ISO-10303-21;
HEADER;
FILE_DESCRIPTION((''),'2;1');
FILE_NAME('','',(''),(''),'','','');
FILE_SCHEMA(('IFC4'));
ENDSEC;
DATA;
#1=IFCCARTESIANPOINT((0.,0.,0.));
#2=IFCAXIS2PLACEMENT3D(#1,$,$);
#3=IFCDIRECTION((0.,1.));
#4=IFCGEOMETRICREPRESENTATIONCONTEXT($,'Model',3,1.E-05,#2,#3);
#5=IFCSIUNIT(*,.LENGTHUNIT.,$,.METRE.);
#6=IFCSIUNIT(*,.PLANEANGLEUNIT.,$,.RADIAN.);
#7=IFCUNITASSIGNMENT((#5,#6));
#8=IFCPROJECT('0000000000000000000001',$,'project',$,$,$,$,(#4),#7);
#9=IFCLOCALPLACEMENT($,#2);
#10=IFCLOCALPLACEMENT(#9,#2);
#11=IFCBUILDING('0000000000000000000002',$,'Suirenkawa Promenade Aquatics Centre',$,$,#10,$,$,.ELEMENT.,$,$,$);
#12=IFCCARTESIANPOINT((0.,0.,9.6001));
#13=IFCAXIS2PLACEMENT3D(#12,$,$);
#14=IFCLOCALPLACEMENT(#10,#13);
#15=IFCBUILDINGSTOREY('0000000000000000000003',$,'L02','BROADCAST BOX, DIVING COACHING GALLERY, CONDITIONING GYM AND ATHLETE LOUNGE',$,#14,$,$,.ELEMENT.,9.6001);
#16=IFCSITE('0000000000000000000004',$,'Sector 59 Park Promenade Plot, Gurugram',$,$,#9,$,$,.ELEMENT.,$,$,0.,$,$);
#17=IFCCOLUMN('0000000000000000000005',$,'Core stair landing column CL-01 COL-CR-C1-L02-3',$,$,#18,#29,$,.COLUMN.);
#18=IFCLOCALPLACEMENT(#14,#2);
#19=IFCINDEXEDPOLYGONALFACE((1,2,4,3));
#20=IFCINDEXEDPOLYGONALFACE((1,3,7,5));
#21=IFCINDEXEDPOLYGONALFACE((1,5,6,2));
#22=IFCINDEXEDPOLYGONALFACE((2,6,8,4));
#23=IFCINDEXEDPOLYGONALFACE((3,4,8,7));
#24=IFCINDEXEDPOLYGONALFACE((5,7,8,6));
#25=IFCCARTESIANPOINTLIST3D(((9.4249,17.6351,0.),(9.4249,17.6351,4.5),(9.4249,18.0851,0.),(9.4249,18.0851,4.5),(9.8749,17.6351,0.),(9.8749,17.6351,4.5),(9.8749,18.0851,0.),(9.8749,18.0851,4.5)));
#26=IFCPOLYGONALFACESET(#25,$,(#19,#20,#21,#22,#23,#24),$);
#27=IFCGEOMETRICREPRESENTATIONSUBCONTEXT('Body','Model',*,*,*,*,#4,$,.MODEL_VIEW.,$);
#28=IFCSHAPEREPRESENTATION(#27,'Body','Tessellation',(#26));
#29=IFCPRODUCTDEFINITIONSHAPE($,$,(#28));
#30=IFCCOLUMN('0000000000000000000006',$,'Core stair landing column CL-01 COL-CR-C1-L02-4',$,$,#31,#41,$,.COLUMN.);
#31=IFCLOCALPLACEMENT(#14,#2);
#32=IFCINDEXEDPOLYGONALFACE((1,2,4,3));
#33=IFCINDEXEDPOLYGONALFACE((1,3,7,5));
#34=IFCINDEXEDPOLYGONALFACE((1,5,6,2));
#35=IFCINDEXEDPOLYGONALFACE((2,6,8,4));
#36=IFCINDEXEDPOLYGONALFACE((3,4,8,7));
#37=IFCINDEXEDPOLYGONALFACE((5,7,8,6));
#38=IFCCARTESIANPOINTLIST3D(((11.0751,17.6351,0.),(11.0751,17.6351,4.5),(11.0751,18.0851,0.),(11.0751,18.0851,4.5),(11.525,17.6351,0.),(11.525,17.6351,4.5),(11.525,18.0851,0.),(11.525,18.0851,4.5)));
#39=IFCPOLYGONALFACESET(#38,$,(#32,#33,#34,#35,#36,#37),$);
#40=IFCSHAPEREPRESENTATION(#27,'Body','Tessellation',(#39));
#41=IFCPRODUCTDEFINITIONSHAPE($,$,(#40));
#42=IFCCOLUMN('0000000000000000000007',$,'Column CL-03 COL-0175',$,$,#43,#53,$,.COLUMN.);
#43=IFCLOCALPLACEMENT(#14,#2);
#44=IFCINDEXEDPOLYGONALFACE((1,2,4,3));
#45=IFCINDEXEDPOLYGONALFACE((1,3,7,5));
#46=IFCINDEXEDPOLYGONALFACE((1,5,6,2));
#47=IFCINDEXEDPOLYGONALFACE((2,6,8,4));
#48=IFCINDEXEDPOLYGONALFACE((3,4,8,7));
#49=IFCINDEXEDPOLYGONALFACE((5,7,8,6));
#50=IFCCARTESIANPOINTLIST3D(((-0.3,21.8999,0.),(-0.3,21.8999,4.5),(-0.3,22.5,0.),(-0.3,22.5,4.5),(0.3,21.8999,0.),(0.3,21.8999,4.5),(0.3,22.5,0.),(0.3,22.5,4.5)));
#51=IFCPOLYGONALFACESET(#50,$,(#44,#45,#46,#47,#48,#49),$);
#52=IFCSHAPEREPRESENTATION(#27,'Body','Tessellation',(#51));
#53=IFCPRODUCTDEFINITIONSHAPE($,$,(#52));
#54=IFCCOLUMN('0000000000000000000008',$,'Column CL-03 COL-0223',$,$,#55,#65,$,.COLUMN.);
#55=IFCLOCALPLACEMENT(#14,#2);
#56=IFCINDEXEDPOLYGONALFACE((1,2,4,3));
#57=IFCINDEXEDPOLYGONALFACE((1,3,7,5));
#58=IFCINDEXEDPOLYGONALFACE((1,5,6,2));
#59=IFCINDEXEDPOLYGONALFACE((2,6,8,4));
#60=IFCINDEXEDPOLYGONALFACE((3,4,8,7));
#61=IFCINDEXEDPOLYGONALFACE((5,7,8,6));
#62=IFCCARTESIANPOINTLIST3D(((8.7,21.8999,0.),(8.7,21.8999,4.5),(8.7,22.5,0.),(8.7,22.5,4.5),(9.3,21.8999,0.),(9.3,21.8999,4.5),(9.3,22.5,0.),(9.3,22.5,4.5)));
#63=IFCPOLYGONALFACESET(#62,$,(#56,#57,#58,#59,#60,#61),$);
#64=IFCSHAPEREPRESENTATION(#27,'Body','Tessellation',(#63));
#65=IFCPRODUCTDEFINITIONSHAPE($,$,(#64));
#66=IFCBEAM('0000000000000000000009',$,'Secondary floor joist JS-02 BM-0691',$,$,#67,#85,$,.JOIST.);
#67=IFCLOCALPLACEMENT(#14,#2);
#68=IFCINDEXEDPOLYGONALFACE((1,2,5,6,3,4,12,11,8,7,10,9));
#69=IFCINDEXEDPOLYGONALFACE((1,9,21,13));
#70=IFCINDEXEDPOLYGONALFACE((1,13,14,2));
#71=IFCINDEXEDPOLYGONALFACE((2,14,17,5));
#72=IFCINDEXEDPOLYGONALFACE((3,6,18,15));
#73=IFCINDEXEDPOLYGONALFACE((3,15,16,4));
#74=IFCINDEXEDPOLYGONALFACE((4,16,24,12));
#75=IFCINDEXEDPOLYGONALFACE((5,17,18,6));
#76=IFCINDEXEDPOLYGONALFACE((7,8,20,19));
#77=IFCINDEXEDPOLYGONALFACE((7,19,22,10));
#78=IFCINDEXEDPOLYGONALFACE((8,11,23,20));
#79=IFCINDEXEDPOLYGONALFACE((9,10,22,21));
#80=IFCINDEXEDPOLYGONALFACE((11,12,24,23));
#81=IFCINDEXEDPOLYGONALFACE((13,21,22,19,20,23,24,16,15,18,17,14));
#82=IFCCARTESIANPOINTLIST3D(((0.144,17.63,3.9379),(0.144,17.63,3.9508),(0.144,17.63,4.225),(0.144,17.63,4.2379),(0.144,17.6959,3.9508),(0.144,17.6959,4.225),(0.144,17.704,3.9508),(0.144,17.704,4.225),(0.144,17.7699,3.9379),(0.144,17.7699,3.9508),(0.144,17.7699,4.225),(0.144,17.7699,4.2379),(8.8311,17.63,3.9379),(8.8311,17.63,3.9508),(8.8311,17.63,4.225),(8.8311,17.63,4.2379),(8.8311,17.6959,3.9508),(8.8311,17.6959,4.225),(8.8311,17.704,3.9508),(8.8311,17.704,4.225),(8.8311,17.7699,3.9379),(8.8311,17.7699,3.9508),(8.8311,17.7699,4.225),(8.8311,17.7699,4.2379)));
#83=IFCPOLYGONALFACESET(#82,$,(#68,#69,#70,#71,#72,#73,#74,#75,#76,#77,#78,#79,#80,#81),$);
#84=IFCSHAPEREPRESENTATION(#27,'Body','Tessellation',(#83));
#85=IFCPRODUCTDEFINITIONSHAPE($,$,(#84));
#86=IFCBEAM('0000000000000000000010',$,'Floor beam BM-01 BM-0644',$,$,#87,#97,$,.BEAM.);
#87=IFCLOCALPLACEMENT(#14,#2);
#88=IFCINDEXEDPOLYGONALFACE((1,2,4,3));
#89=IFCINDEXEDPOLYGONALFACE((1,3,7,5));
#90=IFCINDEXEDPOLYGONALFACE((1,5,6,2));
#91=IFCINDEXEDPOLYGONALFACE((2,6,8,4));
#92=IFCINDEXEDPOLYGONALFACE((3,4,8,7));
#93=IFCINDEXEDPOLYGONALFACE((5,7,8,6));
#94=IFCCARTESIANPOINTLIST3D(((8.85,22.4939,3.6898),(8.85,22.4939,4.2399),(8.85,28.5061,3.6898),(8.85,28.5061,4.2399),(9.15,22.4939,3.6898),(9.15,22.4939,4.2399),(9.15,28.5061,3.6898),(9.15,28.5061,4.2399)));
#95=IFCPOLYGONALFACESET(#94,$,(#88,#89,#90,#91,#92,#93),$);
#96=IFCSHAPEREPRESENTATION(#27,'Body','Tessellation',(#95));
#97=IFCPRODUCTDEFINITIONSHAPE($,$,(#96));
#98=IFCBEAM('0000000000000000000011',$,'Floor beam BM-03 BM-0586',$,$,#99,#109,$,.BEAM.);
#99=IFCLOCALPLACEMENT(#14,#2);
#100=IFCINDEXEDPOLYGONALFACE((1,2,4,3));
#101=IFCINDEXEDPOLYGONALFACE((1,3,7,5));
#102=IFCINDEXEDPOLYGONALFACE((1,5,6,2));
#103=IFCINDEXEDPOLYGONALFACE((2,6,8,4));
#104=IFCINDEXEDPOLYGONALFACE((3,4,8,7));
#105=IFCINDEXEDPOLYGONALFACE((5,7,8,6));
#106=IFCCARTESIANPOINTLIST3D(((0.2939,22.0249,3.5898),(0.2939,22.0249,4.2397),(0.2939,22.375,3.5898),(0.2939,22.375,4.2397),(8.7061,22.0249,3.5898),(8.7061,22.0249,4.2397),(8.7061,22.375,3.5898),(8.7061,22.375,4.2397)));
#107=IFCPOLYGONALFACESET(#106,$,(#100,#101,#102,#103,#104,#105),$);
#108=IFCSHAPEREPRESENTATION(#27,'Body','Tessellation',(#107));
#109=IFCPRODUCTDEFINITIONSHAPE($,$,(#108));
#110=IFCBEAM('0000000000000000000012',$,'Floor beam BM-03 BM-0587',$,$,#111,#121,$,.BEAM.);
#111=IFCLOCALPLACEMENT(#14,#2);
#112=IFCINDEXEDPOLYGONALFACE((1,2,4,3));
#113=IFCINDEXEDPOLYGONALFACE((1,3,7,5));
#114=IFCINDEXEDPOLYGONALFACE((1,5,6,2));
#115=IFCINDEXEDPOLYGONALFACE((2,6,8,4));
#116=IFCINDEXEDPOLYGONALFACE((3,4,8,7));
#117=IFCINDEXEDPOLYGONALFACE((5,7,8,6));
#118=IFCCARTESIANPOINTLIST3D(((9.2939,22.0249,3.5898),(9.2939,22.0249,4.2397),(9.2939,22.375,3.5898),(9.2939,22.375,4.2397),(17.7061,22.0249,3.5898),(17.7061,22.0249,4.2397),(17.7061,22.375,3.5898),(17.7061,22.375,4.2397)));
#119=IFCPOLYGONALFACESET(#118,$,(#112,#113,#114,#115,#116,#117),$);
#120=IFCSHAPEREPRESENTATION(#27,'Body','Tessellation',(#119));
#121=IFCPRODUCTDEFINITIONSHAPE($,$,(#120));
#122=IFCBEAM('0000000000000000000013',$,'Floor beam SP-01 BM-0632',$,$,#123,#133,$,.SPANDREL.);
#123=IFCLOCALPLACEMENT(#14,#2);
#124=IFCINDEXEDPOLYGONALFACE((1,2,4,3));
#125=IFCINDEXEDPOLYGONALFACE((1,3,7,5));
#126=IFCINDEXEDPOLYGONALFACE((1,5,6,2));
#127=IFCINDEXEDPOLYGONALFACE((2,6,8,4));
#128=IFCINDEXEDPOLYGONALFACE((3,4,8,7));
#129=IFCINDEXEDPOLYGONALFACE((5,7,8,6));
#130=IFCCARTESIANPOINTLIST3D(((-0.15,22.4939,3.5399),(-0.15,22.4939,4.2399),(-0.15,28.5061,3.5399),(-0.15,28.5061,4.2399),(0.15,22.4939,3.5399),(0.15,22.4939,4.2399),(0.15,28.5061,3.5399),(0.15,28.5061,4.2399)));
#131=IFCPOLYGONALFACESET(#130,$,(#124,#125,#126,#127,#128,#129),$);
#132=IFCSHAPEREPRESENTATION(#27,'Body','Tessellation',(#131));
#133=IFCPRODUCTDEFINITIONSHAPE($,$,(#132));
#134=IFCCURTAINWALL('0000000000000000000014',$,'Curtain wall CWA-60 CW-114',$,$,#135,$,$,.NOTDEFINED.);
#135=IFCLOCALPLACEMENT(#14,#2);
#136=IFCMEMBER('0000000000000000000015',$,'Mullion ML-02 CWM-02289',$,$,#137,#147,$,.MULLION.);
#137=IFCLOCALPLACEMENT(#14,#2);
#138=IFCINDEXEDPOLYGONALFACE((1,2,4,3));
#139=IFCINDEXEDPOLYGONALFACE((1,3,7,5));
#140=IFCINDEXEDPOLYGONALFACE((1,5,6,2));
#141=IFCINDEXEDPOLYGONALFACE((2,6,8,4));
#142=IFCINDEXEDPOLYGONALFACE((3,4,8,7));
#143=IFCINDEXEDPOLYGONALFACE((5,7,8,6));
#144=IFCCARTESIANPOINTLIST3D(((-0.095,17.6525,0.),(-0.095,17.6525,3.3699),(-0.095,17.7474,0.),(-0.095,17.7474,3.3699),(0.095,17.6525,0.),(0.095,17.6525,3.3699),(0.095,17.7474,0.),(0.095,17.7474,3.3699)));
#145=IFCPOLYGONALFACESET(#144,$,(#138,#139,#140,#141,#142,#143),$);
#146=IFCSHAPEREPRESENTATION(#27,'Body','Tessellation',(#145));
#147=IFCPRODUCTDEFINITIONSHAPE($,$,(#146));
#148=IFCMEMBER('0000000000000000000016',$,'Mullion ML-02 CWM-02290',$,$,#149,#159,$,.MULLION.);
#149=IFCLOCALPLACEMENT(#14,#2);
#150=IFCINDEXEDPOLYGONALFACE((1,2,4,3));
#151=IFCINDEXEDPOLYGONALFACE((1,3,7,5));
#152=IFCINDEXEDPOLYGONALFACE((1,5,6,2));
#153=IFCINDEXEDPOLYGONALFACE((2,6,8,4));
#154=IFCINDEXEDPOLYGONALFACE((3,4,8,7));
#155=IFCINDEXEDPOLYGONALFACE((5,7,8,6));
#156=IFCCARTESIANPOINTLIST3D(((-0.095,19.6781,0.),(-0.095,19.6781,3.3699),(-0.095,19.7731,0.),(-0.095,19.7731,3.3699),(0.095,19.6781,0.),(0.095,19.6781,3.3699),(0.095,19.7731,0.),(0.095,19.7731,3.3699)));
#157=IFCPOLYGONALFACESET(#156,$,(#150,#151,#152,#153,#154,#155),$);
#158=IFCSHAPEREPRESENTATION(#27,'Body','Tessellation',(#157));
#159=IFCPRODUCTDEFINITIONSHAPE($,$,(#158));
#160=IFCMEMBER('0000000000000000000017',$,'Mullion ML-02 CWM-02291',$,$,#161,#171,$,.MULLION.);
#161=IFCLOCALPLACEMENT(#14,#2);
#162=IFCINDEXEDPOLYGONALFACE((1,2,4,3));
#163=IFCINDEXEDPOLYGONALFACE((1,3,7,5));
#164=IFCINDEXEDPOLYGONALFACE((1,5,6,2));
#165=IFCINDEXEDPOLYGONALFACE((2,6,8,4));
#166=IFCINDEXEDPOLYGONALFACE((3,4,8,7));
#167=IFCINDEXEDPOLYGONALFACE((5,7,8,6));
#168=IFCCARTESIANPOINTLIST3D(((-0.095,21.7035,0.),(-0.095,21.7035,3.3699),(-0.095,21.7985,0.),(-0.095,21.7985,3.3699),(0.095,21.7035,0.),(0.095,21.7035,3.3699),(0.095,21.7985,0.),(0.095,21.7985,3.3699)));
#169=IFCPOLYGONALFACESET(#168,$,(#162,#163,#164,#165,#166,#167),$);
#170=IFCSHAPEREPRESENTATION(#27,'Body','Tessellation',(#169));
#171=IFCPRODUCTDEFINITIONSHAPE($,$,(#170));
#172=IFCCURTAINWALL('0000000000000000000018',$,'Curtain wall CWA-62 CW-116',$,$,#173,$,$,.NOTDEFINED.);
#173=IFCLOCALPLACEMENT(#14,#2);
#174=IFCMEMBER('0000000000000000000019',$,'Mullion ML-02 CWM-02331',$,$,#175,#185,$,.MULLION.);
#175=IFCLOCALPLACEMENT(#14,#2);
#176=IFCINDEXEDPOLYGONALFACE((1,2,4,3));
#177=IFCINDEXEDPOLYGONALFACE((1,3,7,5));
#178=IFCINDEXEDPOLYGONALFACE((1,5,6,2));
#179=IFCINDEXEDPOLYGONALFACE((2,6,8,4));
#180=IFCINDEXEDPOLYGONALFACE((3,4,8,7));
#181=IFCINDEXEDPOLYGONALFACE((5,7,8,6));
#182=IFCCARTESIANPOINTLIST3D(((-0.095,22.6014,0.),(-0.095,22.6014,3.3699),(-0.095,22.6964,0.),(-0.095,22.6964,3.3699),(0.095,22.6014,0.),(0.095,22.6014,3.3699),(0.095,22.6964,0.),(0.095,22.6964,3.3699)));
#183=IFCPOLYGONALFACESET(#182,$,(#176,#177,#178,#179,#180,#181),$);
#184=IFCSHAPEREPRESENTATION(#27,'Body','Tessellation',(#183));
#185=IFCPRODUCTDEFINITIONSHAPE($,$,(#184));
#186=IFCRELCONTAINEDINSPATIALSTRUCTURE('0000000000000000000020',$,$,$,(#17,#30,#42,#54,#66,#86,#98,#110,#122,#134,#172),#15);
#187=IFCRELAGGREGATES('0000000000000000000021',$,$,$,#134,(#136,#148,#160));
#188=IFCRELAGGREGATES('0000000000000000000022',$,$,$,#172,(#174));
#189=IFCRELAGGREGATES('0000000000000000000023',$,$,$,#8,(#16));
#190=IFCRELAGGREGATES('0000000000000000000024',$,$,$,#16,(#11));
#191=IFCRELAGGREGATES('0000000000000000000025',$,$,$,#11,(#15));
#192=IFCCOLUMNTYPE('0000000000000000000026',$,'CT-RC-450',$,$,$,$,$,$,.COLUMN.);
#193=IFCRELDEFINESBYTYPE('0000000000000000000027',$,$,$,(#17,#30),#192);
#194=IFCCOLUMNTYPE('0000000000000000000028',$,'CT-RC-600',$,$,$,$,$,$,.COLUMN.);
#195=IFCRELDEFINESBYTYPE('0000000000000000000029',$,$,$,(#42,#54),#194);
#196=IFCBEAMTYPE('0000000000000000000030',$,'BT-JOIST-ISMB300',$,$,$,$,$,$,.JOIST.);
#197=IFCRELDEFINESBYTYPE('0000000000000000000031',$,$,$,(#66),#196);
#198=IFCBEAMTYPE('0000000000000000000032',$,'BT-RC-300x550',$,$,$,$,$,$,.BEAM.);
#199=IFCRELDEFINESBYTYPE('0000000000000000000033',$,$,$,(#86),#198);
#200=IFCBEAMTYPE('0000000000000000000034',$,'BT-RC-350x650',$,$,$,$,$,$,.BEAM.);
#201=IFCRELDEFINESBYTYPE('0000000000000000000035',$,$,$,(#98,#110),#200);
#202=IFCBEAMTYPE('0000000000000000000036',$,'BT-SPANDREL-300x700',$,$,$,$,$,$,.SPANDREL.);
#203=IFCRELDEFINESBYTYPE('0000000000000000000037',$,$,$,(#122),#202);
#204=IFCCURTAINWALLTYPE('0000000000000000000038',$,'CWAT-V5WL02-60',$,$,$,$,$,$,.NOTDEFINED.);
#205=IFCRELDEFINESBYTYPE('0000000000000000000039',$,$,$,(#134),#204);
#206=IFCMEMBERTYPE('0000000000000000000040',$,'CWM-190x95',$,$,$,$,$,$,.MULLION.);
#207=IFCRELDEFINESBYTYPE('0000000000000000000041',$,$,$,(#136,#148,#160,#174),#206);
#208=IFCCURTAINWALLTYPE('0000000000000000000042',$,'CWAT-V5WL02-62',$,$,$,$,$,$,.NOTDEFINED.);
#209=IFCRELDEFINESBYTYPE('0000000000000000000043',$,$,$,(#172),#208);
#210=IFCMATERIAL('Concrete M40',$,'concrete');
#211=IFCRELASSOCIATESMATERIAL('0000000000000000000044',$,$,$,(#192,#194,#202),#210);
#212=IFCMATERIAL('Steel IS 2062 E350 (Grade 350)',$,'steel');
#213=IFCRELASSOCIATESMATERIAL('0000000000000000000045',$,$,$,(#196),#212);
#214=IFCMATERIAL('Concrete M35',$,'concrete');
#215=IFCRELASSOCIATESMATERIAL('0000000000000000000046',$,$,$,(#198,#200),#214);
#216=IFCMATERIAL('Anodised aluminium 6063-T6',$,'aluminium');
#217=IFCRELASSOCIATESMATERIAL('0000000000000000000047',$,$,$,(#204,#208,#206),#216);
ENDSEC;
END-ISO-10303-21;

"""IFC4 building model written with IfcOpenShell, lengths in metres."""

from ifc_helpers import new_model, si_unit, direction, frame, origin, origin_2d, place, context, subcontext, project, spatial, rectangle, i_section, extrude, material, material_profile, profile_set, type_object, element, aggregate, save


model = new_model("IFC4")

# Units and contexts
model_context = context("Model", 3, precision=1e-05, world=origin(), true_north=direction((0.0, 1.0)))
body_context = subcontext(model_context, "Body", "Model", "MODEL_VIEW")
ifc_project = project(units=[si_unit("LENGTHUNIT", "METRE"), si_unit("PLANEANGLEUNIT", "RADIAN")], contexts=[model_context])

# Site, building, storey
site_placement = place(None, origin())
site = spatial("IfcSite", under=ifc_project, at=site_placement, Name="Sector 59 Park Promenade Plot, Gurugram", CompositionType="ELEMENT", RefElevation=0.0)
building_placement = place(site_placement, origin())
building = spatial("IfcBuilding", under=site, at=building_placement, Name="Suirenkawa Promenade Aquatics Centre", CompositionType="ELEMENT")
storey_placement = place(building_placement, frame((0.0, 0.0, 9.6001)))
storey = spatial("IfcBuildingStorey", under=building, at=storey_placement, Name="L02", Description="BROADCAST BOX, DIVING COACHING GALLERY, CONDITIONING GYM AND ATHLETE LOUNGE", CompositionType="ELEMENT", Elevation=9.6001)

# Columns
ifc_material_1 = material(Name="Concrete M40", Category="concrete")
ifc_material_profile_1 = material_profile(ifc_material_1, rectangle(XDim=0.45, YDim=0.45, at=origin_2d()), Name="RC COL 450x450", Category="concrete")
ifc_profile_set_1 = profile_set([ifc_material_profile_1], Name="Concrete M40")
column_type_1 = type_object("IfcColumnType", Name="CT-RC-450", PredefinedType="COLUMN", material=ifc_profile_set_1)
for number, where, z_axis, x_axis, name in (
    (1, (9.6499, 17.8601, 0.0), (0.0, 0.0, 1.0), (1.0, 0.0, 0.0), "Core stair landing column CL-01 COL-CR-C1-L02-3"),
    (2, (11.3, 17.8601, 0.0), (0.0, 0.0, 1.0), (1.0, 0.0, 0.0), "Core stair landing column CL-01 COL-CR-C1-L02-4"),
):
    element("IfcColumn", number, at=place(storey_placement, frame(where, z_axis=z_axis, x_axis=x_axis)), inside=storey, type_object=column_type_1, Name=name, PredefinedType="COLUMN", context=body_context, shape_type="SweptSolid", body=[
        extrude(rectangle(XDim=0.45, YDim=0.45, at=origin_2d()), origin(), (0.0, 0.0, 1.0), 4.5),
    ])
ifc_material_profile_2 = material_profile(ifc_material_1, rectangle(XDim=0.6001, YDim=0.6001, at=origin_2d()), Name="RC COL 600x600", Category="concrete")
ifc_profile_set_2 = profile_set([ifc_material_profile_2], Name="Concrete M40")
column_type_2 = type_object("IfcColumnType", Name="CT-RC-600", PredefinedType="COLUMN", material=ifc_profile_set_2)
for number, where, z_axis, x_axis, name in (
    (3, (0.0, 22.2, 0.0), (0.0, 0.0, 1.0), (1.0, 0.0, 0.0), "Column CL-03 COL-0175"),
    (4, (9.0, 22.2, 0.0), (0.0, 0.0, 1.0), (1.0, 0.0, 0.0), "Column CL-03 COL-0223"),
):
    element("IfcColumn", number, at=place(storey_placement, frame(where, z_axis=z_axis, x_axis=x_axis)), inside=storey, type_object=column_type_2, Name=name, PredefinedType="COLUMN", context=body_context, shape_type="SweptSolid", body=[
        extrude(rectangle(XDim=0.6001, YDim=0.6001, at=origin_2d()), origin(), (0.0, 0.0, 1.0), 4.5),
    ])

# Beams
ifc_material_2 = material(Name="Steel IS 2062 E350 (Grade 350)", Category="steel")
ifc_material_profile_3 = material_profile(ifc_material_2, i_section(OverallWidth=0.1399, OverallDepth=0.3, WebThickness=0.0081, FlangeThickness=0.0129, at=origin_2d()), Name="ISMB 300", Category="steel")
ifc_profile_set_3 = profile_set([ifc_material_profile_3], Name="Steel IS 2062 E350 (Grade 350)")
beam_type_1 = type_object("IfcBeamType", Name="BT-JOIST-ISMB300", PredefinedType="JOIST", material=ifc_profile_set_3)
beam_1_placement = place(storey_placement, frame((0.144, 17.7, 4.0879), z_axis=(1.0, 0.0, 0.0), x_axis=(0.0, 1.0, 0.0)))
element("IfcBeam", 5, at=beam_1_placement, inside=storey, type_object=beam_type_1, Name="Secondary floor joist JS-02 BM-0691", PredefinedType="JOIST", context=body_context, shape_type="SweptSolid", body=[
    extrude(i_section(OverallWidth=0.1399, OverallDepth=0.3, WebThickness=0.0081, FlangeThickness=0.0129, at=origin_2d()), origin(), (0.0, 0.0, 1.0), 8.687),
])
ifc_material_3 = material(Name="Concrete M35", Category="concrete")
ifc_material_profile_4 = material_profile(ifc_material_3, rectangle(XDim=0.3, YDim=0.55, at=origin_2d()), Name="RC BM 300x550", Category="concrete")
ifc_profile_set_4 = profile_set([ifc_material_profile_4], Name="Concrete M35")
beam_type_2 = type_object("IfcBeamType", Name="BT-RC-300x550", PredefinedType="BEAM", material=ifc_profile_set_4)
beam_2_placement = place(storey_placement, frame((9.0, 22.4939, 3.9648), z_axis=(0.0, 1.0, 0.0), x_axis=(-1.0, 0.0, 0.0)))
element("IfcBeam", 6, at=beam_2_placement, inside=storey, type_object=beam_type_2, Name="Floor beam BM-01 BM-0644", PredefinedType="BEAM", context=body_context, shape_type="SweptSolid", body=[
    extrude(rectangle(XDim=0.3, YDim=0.55, at=origin_2d()), origin(), (0.0, 0.0, 1.0), 6.0122),
])
ifc_material_profile_5 = material_profile(ifc_material_3, rectangle(XDim=0.3501, YDim=0.6499, at=origin_2d()), Name="RC BM 350x650", Category="concrete")
ifc_profile_set_5 = profile_set([ifc_material_profile_5], Name="Concrete M35")
beam_type_3 = type_object("IfcBeamType", Name="BT-RC-350x650", PredefinedType="BEAM", material=ifc_profile_set_5)
for number, where, z_axis, x_axis, name in (
    (7, (0.2939, 22.2, 3.9148), (1.0, 0.0, 0.0), (0.0, 1.0, 0.0), "Floor beam BM-03 BM-0586"),
    (8, (9.2939, 22.2, 3.9148), (1.0, 0.0, 0.0), (0.0, 1.0, 0.0), "Floor beam BM-03 BM-0587"),
):
    element("IfcBeam", number, at=place(storey_placement, frame(where, z_axis=z_axis, x_axis=x_axis)), inside=storey, type_object=beam_type_3, Name=name, PredefinedType="BEAM", context=body_context, shape_type="SweptSolid", body=[
        extrude(rectangle(XDim=0.3501, YDim=0.6499, at=origin_2d()), origin(), (0.0, 0.0, 1.0), 8.4121),
    ])
ifc_material_profile_6 = material_profile(ifc_material_1, rectangle(XDim=0.3, YDim=0.7, at=origin_2d()), Name="RC SPANDREL 300x700", Category="concrete")
ifc_profile_set_6 = profile_set([ifc_material_profile_6], Name="Concrete M40")
beam_type_4 = type_object("IfcBeamType", Name="BT-SPANDREL-300x700", PredefinedType="SPANDREL", material=ifc_profile_set_6)
beam_3_placement = place(storey_placement, frame((0.0, 22.4939, 3.8899), z_axis=(0.0, 1.0, 0.0), x_axis=(-1.0, 0.0, 0.0)))
element("IfcBeam", 9, at=beam_3_placement, inside=storey, type_object=beam_type_4, Name="Floor beam SP-01 BM-0632", PredefinedType="SPANDREL", context=body_context, shape_type="SweptSolid", body=[
    extrude(rectangle(XDim=0.3, YDim=0.7, at=origin_2d()), origin(), (0.0, 0.0, 1.0), 6.0122),
])

# Curtain walls, members
ifc_material_4 = material(Name="Anodised aluminium 6063-T6", Category="aluminium")
curtain_wall_type_1 = type_object("IfcCurtainWallType", Name="CWAT-V5WL02-60", PredefinedType="NOTDEFINED", material=ifc_material_4)
curtain_wall_1_placement = place(storey_placement, origin())
curtain_wall_1 = element("IfcCurtainWall", 10, at=curtain_wall_1_placement, inside=storey, type_object=curtain_wall_type_1, Name="Curtain wall CWA-60 CW-114", PredefinedType="NOTDEFINED")
ifc_material_profile_7 = material_profile(ifc_material_4, rectangle(XDim=0.095, YDim=0.1899, at=origin_2d()), Name="ALU MULL 95x190", Category="aluminium")
ifc_profile_set_7 = profile_set([ifc_material_profile_7], Name="Anodised aluminium 6063-T6")
member_type_1 = type_object("IfcMemberType", Name="CWM-190x95", PredefinedType="MULLION", material=ifc_profile_set_7)
member_1_placement = place(storey_placement, frame((0.0, 17.7, 0.0), z_axis=(0.0, 0.0, 1.0), x_axis=(0.0, 1.0, 0.0)))
member_1 = element("IfcMember", 11, at=member_1_placement, type_object=member_type_1, Name="Mullion ML-02 CWM-02289", PredefinedType="MULLION", context=body_context, shape_type="SweptSolid", body=[
    extrude(rectangle(XDim=0.095, YDim=0.1899, at=origin_2d()), origin(), (0.0, 0.0, 1.0), 3.3699),
])
member_2_placement = place(storey_placement, frame((0.0, 19.7256, 0.0), z_axis=(0.0, 0.0, 1.0), x_axis=(0.0, 1.0, 0.0)))
member_2 = element("IfcMember", 12, at=member_2_placement, type_object=member_type_1, Name="Mullion ML-02 CWM-02290", PredefinedType="MULLION", context=body_context, shape_type="SweptSolid", body=[
    extrude(rectangle(XDim=0.095, YDim=0.1899, at=origin_2d()), origin(), (0.0, 0.0, 1.0), 3.3699),
])
member_3_placement = place(storey_placement, frame((0.0, 21.751, 0.0), z_axis=(0.0, 0.0, 1.0), x_axis=(0.0, 1.0, 0.0)))
member_3 = element("IfcMember", 13, at=member_3_placement, type_object=member_type_1, Name="Mullion ML-02 CWM-02291", PredefinedType="MULLION", context=body_context, shape_type="SweptSolid", body=[
    extrude(rectangle(XDim=0.095, YDim=0.1899, at=origin_2d()), origin(), (0.0, 0.0, 1.0), 3.3699),
])
curtain_wall_type_2 = type_object("IfcCurtainWallType", Name="CWAT-V5WL02-62", PredefinedType="NOTDEFINED", material=ifc_material_4)
curtain_wall_2_placement = place(storey_placement, origin())
curtain_wall_2 = element("IfcCurtainWall", 14, at=curtain_wall_2_placement, inside=storey, type_object=curtain_wall_type_2, Name="Curtain wall CWA-62 CW-116", PredefinedType="NOTDEFINED")
member_4_placement = place(storey_placement, frame((0.0, 22.6489, 0.0), z_axis=(0.0, 0.0, 1.0), x_axis=(0.0, 1.0, 0.0)))
member_4 = element("IfcMember", 15, at=member_4_placement, type_object=member_type_1, Name="Mullion ML-02 CWM-02331", PredefinedType="MULLION", context=body_context, shape_type="SweptSolid", body=[
    extrude(rectangle(XDim=0.095, YDim=0.1899, at=origin_2d()), origin(), (0.0, 0.0, 1.0), 3.3699),
])

aggregate(curtain_wall_1, [member_1, member_2, member_3])
aggregate(curtain_wall_2, [member_4])

save(model, "model.ifc")
